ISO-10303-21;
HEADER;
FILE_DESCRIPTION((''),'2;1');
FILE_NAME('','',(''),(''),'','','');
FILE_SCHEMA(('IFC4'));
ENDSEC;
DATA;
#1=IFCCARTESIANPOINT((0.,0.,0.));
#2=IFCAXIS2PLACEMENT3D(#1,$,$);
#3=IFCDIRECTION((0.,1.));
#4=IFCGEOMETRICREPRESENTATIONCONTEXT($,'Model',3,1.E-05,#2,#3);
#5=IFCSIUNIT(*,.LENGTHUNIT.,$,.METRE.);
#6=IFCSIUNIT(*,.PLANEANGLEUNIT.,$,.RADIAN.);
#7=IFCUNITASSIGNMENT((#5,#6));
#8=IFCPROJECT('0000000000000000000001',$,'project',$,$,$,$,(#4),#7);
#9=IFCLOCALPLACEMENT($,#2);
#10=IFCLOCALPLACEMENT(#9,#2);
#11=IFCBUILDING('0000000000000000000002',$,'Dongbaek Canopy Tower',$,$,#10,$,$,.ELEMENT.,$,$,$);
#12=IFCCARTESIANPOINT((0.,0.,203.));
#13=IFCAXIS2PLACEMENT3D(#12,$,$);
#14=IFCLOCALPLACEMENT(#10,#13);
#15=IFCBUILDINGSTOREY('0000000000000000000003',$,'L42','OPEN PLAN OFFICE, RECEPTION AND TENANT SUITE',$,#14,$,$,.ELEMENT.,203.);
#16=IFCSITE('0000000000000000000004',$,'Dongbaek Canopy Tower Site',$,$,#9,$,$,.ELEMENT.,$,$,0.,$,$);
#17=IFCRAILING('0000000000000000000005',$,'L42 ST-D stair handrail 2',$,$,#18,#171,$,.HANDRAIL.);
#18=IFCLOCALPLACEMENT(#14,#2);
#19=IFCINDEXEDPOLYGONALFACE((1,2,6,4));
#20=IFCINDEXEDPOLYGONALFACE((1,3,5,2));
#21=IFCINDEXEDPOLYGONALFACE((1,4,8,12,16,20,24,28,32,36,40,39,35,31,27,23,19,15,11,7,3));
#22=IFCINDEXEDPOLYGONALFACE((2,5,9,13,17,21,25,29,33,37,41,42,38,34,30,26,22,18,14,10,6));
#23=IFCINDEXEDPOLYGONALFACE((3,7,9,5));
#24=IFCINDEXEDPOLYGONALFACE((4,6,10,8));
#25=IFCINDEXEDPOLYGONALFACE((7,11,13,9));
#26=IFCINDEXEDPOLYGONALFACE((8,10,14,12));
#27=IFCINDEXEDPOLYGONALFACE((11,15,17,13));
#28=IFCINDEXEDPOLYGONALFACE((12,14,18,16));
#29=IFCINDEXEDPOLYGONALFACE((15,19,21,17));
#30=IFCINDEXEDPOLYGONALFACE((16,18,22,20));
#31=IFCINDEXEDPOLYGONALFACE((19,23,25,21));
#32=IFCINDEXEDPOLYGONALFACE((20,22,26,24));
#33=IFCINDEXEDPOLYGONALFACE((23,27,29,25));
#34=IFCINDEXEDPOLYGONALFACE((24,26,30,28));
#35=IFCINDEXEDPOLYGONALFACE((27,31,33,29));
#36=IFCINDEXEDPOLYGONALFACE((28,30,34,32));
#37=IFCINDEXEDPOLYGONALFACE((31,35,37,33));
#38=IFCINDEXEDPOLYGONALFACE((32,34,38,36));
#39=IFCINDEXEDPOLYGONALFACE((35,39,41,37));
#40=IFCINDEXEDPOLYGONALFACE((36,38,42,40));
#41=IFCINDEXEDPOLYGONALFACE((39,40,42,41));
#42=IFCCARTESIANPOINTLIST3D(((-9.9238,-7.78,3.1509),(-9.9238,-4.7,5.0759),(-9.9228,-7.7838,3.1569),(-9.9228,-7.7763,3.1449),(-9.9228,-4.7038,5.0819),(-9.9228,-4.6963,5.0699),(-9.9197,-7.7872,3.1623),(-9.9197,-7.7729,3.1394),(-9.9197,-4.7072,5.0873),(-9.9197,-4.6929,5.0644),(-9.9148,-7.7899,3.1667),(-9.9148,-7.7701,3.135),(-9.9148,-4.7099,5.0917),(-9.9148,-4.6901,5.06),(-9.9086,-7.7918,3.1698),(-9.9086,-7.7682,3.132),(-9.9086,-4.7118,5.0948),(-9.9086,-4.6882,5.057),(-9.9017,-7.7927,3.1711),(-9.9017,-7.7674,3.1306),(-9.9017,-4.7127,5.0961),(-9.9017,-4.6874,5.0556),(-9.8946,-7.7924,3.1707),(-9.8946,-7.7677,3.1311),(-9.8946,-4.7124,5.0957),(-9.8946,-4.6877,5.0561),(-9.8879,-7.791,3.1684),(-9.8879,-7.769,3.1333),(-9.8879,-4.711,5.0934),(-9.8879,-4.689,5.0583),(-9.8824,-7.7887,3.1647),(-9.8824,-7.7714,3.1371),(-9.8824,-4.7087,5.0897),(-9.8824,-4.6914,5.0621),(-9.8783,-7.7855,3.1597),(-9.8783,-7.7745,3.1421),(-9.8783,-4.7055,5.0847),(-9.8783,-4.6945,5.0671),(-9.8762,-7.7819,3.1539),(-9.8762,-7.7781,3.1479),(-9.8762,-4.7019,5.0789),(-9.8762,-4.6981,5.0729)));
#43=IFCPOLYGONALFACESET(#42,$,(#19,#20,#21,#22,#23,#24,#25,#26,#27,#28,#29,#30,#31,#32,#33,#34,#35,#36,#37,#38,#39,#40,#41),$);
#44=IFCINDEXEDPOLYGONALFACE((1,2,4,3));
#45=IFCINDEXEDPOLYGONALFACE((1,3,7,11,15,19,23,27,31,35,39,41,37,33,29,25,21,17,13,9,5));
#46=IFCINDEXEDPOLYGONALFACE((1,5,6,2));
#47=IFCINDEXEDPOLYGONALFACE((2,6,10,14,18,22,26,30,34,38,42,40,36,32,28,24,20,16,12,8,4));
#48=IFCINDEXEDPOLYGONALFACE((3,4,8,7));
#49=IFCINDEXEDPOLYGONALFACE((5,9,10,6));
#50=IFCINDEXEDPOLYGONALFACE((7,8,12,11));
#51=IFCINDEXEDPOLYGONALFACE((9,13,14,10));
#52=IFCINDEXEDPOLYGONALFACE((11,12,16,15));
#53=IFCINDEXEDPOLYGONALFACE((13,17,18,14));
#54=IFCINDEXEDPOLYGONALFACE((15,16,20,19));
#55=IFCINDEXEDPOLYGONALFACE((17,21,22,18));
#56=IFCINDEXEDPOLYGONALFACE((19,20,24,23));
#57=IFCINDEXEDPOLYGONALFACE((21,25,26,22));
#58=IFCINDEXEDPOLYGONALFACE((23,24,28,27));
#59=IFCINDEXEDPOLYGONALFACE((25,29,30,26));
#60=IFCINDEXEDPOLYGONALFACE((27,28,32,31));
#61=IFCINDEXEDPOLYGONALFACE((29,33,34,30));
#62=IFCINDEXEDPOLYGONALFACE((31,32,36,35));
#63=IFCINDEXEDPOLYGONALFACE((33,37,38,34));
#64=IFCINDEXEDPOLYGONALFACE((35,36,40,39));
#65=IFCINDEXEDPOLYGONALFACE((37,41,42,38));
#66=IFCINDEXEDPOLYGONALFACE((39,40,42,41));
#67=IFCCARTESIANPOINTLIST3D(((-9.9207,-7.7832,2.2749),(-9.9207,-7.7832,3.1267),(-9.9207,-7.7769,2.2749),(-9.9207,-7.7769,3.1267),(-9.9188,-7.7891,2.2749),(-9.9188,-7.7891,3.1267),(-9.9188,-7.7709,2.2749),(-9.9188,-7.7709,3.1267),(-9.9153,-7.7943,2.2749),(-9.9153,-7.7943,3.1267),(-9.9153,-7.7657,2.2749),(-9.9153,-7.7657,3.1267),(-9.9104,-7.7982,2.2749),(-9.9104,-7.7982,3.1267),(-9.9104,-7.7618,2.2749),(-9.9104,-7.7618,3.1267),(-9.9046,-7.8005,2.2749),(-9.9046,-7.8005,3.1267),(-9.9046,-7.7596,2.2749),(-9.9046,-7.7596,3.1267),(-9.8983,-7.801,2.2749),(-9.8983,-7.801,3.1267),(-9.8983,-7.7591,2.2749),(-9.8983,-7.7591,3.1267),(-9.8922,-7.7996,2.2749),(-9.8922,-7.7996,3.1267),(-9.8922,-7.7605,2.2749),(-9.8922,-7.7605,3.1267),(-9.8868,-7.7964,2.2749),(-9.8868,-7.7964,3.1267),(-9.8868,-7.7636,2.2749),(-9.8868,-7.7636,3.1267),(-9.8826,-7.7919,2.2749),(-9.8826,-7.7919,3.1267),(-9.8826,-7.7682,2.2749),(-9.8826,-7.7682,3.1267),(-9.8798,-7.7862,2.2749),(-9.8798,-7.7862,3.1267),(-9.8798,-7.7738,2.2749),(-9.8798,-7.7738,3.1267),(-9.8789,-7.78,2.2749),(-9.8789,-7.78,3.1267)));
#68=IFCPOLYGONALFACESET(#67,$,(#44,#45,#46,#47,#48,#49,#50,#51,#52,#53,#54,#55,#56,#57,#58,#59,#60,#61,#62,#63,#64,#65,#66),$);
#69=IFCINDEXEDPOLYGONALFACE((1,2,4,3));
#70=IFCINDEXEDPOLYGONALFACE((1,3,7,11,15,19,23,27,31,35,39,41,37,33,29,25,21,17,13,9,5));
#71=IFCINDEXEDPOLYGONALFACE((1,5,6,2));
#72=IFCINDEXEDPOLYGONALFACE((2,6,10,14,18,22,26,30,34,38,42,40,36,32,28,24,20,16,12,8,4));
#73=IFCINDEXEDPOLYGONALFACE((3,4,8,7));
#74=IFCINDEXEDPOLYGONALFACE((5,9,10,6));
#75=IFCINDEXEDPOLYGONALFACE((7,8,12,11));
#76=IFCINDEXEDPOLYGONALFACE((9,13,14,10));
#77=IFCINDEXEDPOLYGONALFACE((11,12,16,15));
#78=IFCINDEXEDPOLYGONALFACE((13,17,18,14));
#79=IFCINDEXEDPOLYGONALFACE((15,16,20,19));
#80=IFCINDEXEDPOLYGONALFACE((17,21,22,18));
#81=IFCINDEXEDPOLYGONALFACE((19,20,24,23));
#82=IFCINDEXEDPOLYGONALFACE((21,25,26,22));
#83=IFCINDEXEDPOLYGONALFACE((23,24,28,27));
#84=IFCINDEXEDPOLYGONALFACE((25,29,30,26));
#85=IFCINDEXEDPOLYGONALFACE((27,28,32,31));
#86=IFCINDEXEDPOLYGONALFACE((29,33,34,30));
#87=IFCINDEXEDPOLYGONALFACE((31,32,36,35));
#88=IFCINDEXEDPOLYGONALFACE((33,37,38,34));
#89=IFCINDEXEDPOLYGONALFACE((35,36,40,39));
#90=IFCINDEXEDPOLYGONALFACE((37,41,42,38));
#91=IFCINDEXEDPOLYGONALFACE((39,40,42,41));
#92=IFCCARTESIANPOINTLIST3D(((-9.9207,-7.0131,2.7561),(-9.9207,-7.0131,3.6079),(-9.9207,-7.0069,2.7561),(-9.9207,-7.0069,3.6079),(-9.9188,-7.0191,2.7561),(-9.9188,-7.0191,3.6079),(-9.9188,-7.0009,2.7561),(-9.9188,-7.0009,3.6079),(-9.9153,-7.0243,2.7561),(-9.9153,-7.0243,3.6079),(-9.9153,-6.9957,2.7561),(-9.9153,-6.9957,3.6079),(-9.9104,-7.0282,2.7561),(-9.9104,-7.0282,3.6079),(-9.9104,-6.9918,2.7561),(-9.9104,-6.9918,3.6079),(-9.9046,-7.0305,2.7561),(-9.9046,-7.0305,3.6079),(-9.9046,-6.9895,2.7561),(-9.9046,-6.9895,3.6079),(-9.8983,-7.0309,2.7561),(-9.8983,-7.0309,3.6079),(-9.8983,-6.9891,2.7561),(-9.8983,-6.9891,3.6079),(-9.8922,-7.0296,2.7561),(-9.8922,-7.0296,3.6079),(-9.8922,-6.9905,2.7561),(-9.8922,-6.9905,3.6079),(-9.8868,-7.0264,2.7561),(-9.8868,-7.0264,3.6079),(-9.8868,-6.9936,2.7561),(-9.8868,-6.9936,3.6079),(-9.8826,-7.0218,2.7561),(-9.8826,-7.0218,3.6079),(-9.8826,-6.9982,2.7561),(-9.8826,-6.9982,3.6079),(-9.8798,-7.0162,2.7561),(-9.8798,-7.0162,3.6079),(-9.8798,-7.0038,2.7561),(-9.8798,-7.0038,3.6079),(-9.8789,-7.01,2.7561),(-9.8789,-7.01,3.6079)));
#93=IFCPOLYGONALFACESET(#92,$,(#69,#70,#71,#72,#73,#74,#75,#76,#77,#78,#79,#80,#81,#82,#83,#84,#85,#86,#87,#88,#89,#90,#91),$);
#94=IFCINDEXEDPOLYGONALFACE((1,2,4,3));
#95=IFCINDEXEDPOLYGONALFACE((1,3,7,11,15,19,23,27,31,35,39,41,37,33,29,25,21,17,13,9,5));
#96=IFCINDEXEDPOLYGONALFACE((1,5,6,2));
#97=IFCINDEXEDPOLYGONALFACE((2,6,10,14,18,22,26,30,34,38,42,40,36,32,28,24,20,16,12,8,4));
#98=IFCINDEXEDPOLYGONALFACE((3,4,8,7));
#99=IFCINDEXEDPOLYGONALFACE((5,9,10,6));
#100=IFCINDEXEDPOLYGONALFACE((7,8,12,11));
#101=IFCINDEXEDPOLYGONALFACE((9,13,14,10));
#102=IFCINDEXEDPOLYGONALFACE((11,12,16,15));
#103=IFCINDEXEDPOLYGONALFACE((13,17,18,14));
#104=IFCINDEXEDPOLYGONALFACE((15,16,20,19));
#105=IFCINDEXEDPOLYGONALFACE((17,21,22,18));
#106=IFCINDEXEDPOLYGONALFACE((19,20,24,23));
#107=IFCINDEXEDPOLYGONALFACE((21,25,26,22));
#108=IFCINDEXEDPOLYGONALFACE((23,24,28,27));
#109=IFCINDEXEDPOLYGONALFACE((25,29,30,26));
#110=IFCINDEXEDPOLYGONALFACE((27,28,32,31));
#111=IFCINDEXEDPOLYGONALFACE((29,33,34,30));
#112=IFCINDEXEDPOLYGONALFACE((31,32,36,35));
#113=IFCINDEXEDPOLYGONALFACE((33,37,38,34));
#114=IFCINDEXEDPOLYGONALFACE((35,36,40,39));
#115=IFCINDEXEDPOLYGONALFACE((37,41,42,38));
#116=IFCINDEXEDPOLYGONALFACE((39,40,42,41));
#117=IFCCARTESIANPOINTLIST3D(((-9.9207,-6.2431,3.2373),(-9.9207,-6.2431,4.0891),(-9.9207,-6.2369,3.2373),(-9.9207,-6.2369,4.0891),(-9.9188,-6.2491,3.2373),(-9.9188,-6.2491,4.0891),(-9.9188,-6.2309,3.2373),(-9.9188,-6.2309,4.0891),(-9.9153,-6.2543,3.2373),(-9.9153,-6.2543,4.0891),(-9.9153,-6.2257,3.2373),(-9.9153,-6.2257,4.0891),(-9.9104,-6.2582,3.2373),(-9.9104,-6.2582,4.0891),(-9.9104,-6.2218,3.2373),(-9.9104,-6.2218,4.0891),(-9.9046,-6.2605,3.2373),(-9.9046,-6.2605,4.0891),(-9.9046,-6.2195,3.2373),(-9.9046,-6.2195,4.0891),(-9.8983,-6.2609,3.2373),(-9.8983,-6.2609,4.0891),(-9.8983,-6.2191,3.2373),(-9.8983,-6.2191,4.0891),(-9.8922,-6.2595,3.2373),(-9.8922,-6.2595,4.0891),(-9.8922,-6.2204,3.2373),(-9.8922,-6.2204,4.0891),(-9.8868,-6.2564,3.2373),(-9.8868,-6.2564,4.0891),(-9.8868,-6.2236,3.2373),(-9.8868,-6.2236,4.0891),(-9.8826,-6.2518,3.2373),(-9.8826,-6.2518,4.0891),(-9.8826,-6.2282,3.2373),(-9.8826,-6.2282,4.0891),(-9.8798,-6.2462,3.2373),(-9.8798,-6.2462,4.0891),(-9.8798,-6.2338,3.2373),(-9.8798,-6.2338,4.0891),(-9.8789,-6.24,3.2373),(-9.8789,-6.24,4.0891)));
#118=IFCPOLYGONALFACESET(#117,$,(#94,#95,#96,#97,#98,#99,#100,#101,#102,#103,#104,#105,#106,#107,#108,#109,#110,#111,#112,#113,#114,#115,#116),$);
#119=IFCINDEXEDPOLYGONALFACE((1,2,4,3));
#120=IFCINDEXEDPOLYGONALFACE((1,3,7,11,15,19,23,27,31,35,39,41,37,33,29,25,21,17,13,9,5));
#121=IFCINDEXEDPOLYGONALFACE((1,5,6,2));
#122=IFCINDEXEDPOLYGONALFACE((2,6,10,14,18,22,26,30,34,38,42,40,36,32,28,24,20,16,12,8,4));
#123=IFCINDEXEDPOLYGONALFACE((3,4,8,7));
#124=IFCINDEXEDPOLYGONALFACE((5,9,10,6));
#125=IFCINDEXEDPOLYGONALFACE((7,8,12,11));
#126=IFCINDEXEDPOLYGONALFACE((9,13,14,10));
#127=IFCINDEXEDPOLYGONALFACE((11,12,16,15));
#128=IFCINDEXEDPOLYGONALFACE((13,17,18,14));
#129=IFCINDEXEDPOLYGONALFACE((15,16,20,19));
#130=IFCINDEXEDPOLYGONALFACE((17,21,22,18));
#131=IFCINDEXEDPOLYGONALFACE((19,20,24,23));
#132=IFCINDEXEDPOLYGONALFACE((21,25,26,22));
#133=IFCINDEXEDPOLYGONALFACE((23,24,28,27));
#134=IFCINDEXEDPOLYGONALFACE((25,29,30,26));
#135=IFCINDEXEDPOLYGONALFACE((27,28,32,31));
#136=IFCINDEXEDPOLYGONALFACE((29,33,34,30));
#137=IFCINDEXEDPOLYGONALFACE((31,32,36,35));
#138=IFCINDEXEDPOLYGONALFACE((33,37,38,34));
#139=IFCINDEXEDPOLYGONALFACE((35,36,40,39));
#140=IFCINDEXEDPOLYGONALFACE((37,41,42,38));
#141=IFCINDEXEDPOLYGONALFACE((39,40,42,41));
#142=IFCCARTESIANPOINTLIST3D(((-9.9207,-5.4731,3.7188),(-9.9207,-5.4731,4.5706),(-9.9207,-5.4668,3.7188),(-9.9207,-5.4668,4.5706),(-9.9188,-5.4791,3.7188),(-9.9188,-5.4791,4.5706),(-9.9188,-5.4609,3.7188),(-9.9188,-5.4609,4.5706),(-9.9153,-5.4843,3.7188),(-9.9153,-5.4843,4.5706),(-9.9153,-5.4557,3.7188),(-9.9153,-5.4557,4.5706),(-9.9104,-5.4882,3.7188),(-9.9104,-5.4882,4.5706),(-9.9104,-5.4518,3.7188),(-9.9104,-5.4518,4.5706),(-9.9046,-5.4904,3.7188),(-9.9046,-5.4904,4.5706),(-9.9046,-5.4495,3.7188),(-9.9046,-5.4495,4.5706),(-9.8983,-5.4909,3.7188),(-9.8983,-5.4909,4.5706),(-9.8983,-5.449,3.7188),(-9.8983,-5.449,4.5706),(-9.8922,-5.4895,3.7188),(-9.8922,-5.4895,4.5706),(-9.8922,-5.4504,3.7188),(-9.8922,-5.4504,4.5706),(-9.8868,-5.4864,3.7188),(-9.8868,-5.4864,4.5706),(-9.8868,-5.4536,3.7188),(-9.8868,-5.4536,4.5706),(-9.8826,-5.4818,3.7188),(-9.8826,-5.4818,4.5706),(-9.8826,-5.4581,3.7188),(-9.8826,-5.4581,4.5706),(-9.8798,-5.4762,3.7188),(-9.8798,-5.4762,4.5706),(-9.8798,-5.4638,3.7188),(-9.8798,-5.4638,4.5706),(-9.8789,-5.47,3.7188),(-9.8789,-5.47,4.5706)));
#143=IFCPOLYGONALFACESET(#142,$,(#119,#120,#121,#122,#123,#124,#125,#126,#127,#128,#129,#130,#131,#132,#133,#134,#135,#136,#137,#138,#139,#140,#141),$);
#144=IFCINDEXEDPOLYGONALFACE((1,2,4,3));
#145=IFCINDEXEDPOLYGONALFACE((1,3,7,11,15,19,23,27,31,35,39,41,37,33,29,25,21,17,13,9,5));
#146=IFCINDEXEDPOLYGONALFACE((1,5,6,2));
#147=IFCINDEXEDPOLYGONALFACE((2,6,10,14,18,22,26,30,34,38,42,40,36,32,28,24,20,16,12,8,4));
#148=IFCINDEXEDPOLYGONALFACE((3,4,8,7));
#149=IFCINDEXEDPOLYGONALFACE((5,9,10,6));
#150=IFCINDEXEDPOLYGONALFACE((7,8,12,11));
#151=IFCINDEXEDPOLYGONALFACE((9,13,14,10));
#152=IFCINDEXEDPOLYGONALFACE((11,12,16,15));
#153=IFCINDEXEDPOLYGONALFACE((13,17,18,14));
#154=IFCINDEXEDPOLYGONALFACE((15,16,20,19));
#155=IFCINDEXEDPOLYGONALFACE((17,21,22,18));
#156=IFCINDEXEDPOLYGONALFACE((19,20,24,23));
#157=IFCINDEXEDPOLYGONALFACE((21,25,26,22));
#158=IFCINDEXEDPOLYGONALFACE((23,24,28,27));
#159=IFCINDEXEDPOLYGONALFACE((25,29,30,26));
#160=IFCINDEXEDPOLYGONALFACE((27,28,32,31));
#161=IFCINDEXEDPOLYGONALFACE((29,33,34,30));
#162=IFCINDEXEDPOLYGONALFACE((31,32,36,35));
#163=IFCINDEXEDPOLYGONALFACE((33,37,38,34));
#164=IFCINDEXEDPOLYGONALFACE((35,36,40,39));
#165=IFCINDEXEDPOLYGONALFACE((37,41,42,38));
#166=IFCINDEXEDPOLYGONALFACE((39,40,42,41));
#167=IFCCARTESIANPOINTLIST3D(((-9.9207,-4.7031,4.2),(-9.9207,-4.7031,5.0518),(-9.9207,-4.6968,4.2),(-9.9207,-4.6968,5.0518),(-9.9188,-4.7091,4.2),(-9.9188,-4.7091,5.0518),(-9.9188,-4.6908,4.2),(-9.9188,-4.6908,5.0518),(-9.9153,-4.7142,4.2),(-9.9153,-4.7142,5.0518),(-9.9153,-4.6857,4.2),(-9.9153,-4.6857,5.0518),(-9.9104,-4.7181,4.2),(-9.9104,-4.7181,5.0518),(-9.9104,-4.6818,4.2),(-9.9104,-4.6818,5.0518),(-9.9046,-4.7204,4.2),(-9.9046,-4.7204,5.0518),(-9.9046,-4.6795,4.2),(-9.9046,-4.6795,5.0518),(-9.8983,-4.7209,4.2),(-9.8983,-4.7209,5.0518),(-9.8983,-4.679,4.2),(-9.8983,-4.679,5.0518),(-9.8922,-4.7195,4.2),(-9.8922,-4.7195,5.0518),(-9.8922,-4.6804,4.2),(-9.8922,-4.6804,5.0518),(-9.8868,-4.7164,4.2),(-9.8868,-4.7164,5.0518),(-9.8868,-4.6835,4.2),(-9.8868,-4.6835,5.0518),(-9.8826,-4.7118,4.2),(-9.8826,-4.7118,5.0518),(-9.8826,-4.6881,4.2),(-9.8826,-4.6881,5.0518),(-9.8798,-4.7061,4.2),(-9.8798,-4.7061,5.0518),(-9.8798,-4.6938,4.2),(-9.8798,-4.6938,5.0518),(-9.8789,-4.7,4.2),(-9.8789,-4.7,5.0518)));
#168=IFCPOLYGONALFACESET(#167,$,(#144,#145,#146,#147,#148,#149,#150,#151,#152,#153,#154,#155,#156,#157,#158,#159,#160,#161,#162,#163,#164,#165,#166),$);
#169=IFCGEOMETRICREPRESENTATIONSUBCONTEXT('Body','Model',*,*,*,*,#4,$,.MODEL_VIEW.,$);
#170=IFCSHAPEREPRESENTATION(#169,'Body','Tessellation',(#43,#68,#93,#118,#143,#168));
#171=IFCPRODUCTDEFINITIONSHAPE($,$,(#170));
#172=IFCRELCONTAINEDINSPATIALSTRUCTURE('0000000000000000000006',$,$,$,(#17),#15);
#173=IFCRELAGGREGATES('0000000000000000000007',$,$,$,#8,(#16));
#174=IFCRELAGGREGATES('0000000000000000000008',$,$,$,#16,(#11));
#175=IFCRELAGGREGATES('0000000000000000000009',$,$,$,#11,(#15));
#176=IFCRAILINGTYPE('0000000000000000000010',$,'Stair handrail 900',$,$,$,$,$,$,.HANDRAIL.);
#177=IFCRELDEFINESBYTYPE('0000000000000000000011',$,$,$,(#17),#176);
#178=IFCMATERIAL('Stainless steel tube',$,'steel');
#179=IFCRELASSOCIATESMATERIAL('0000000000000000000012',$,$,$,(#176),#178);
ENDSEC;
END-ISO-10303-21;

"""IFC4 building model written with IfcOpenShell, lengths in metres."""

from ifc_helpers import new_model, si_unit, direction, frame, origin, origin_2d, place, context, subcontext, project, spatial, circle, extrude, material, type_object, element, save


model = new_model("IFC4")

# Units and contexts
model_context = context("Model", 3, precision=1e-05, world=origin(), true_north=direction((0.0, 1.0)))
body_context = subcontext(model_context, "Body", "Model", "MODEL_VIEW")
ifc_project = project(units=[si_unit("LENGTHUNIT", "METRE"), si_unit("PLANEANGLEUNIT", "RADIAN")], contexts=[model_context])

# Site, building, storey
site_placement = place(None, origin())
site = spatial("IfcSite", under=ifc_project, at=site_placement, Name="Dongbaek Canopy Tower Site", CompositionType="ELEMENT", RefElevation=0.0)
building_placement = place(site_placement, origin())
building = spatial("IfcBuilding", under=site, at=building_placement, Name="Dongbaek Canopy Tower", CompositionType="ELEMENT")
storey_placement = place(building_placement, frame((0.0, 0.0, 203.0)))
storey = spatial("IfcBuildingStorey", under=building, at=storey_placement, Name="L42", Description="OPEN PLAN OFFICE, RECEPTION AND TENANT SUITE", CompositionType="ELEMENT", Elevation=203.0)

# Railing
ifc_material_1 = material(Name="Stainless steel tube", Category="steel")
railing_type_1 = type_object("IfcRailingType", Name="Stair handrail 900", PredefinedType="HANDRAIL", material=ifc_material_1)
railing_1_placement = place(storey_placement, frame((-9.8999, -7.78, 2.2749)))
element("IfcRailing", 1, at=railing_1_placement, inside=storey, type_object=railing_type_1, Name="L42 ST-D stair handrail 2", PredefinedType="HANDRAIL", context=body_context, shape_type="SweptSolid", body=[
    extrude(circle(Radius=0.0239, at=origin_2d()), frame((0.0, 0.0, 0.876), z_axis=(0.0, 0.847998, 0.529999), x_axis=(-1.0, 0.0, 0.0)), (0.0, 0.0, 1.0), 3.6321),
    extrude(circle(Radius=0.021, at=origin_2d()), origin(), (0.0, 0.0, 1.0), 0.8518),
    extrude(circle(Radius=0.021, at=origin_2d()), frame((0.0, 0.77, 0.4812)), (0.0, 0.0, 1.0), 0.8518),
    extrude(circle(Radius=0.021, at=origin_2d()), frame((0.0, 1.54, 0.9624)), (0.0, 0.0, 1.0), 0.8518),
    extrude(circle(Radius=0.021, at=origin_2d()), frame((0.0, 2.3101, 1.4438)), (0.0, 0.0, 1.0), 0.8518),
    extrude(circle(Radius=0.021, at=origin_2d()), frame((0.0, 3.0801, 1.925)), (0.0, 0.0, 1.0), 0.8518),
])

save(model, "model.ifc")
